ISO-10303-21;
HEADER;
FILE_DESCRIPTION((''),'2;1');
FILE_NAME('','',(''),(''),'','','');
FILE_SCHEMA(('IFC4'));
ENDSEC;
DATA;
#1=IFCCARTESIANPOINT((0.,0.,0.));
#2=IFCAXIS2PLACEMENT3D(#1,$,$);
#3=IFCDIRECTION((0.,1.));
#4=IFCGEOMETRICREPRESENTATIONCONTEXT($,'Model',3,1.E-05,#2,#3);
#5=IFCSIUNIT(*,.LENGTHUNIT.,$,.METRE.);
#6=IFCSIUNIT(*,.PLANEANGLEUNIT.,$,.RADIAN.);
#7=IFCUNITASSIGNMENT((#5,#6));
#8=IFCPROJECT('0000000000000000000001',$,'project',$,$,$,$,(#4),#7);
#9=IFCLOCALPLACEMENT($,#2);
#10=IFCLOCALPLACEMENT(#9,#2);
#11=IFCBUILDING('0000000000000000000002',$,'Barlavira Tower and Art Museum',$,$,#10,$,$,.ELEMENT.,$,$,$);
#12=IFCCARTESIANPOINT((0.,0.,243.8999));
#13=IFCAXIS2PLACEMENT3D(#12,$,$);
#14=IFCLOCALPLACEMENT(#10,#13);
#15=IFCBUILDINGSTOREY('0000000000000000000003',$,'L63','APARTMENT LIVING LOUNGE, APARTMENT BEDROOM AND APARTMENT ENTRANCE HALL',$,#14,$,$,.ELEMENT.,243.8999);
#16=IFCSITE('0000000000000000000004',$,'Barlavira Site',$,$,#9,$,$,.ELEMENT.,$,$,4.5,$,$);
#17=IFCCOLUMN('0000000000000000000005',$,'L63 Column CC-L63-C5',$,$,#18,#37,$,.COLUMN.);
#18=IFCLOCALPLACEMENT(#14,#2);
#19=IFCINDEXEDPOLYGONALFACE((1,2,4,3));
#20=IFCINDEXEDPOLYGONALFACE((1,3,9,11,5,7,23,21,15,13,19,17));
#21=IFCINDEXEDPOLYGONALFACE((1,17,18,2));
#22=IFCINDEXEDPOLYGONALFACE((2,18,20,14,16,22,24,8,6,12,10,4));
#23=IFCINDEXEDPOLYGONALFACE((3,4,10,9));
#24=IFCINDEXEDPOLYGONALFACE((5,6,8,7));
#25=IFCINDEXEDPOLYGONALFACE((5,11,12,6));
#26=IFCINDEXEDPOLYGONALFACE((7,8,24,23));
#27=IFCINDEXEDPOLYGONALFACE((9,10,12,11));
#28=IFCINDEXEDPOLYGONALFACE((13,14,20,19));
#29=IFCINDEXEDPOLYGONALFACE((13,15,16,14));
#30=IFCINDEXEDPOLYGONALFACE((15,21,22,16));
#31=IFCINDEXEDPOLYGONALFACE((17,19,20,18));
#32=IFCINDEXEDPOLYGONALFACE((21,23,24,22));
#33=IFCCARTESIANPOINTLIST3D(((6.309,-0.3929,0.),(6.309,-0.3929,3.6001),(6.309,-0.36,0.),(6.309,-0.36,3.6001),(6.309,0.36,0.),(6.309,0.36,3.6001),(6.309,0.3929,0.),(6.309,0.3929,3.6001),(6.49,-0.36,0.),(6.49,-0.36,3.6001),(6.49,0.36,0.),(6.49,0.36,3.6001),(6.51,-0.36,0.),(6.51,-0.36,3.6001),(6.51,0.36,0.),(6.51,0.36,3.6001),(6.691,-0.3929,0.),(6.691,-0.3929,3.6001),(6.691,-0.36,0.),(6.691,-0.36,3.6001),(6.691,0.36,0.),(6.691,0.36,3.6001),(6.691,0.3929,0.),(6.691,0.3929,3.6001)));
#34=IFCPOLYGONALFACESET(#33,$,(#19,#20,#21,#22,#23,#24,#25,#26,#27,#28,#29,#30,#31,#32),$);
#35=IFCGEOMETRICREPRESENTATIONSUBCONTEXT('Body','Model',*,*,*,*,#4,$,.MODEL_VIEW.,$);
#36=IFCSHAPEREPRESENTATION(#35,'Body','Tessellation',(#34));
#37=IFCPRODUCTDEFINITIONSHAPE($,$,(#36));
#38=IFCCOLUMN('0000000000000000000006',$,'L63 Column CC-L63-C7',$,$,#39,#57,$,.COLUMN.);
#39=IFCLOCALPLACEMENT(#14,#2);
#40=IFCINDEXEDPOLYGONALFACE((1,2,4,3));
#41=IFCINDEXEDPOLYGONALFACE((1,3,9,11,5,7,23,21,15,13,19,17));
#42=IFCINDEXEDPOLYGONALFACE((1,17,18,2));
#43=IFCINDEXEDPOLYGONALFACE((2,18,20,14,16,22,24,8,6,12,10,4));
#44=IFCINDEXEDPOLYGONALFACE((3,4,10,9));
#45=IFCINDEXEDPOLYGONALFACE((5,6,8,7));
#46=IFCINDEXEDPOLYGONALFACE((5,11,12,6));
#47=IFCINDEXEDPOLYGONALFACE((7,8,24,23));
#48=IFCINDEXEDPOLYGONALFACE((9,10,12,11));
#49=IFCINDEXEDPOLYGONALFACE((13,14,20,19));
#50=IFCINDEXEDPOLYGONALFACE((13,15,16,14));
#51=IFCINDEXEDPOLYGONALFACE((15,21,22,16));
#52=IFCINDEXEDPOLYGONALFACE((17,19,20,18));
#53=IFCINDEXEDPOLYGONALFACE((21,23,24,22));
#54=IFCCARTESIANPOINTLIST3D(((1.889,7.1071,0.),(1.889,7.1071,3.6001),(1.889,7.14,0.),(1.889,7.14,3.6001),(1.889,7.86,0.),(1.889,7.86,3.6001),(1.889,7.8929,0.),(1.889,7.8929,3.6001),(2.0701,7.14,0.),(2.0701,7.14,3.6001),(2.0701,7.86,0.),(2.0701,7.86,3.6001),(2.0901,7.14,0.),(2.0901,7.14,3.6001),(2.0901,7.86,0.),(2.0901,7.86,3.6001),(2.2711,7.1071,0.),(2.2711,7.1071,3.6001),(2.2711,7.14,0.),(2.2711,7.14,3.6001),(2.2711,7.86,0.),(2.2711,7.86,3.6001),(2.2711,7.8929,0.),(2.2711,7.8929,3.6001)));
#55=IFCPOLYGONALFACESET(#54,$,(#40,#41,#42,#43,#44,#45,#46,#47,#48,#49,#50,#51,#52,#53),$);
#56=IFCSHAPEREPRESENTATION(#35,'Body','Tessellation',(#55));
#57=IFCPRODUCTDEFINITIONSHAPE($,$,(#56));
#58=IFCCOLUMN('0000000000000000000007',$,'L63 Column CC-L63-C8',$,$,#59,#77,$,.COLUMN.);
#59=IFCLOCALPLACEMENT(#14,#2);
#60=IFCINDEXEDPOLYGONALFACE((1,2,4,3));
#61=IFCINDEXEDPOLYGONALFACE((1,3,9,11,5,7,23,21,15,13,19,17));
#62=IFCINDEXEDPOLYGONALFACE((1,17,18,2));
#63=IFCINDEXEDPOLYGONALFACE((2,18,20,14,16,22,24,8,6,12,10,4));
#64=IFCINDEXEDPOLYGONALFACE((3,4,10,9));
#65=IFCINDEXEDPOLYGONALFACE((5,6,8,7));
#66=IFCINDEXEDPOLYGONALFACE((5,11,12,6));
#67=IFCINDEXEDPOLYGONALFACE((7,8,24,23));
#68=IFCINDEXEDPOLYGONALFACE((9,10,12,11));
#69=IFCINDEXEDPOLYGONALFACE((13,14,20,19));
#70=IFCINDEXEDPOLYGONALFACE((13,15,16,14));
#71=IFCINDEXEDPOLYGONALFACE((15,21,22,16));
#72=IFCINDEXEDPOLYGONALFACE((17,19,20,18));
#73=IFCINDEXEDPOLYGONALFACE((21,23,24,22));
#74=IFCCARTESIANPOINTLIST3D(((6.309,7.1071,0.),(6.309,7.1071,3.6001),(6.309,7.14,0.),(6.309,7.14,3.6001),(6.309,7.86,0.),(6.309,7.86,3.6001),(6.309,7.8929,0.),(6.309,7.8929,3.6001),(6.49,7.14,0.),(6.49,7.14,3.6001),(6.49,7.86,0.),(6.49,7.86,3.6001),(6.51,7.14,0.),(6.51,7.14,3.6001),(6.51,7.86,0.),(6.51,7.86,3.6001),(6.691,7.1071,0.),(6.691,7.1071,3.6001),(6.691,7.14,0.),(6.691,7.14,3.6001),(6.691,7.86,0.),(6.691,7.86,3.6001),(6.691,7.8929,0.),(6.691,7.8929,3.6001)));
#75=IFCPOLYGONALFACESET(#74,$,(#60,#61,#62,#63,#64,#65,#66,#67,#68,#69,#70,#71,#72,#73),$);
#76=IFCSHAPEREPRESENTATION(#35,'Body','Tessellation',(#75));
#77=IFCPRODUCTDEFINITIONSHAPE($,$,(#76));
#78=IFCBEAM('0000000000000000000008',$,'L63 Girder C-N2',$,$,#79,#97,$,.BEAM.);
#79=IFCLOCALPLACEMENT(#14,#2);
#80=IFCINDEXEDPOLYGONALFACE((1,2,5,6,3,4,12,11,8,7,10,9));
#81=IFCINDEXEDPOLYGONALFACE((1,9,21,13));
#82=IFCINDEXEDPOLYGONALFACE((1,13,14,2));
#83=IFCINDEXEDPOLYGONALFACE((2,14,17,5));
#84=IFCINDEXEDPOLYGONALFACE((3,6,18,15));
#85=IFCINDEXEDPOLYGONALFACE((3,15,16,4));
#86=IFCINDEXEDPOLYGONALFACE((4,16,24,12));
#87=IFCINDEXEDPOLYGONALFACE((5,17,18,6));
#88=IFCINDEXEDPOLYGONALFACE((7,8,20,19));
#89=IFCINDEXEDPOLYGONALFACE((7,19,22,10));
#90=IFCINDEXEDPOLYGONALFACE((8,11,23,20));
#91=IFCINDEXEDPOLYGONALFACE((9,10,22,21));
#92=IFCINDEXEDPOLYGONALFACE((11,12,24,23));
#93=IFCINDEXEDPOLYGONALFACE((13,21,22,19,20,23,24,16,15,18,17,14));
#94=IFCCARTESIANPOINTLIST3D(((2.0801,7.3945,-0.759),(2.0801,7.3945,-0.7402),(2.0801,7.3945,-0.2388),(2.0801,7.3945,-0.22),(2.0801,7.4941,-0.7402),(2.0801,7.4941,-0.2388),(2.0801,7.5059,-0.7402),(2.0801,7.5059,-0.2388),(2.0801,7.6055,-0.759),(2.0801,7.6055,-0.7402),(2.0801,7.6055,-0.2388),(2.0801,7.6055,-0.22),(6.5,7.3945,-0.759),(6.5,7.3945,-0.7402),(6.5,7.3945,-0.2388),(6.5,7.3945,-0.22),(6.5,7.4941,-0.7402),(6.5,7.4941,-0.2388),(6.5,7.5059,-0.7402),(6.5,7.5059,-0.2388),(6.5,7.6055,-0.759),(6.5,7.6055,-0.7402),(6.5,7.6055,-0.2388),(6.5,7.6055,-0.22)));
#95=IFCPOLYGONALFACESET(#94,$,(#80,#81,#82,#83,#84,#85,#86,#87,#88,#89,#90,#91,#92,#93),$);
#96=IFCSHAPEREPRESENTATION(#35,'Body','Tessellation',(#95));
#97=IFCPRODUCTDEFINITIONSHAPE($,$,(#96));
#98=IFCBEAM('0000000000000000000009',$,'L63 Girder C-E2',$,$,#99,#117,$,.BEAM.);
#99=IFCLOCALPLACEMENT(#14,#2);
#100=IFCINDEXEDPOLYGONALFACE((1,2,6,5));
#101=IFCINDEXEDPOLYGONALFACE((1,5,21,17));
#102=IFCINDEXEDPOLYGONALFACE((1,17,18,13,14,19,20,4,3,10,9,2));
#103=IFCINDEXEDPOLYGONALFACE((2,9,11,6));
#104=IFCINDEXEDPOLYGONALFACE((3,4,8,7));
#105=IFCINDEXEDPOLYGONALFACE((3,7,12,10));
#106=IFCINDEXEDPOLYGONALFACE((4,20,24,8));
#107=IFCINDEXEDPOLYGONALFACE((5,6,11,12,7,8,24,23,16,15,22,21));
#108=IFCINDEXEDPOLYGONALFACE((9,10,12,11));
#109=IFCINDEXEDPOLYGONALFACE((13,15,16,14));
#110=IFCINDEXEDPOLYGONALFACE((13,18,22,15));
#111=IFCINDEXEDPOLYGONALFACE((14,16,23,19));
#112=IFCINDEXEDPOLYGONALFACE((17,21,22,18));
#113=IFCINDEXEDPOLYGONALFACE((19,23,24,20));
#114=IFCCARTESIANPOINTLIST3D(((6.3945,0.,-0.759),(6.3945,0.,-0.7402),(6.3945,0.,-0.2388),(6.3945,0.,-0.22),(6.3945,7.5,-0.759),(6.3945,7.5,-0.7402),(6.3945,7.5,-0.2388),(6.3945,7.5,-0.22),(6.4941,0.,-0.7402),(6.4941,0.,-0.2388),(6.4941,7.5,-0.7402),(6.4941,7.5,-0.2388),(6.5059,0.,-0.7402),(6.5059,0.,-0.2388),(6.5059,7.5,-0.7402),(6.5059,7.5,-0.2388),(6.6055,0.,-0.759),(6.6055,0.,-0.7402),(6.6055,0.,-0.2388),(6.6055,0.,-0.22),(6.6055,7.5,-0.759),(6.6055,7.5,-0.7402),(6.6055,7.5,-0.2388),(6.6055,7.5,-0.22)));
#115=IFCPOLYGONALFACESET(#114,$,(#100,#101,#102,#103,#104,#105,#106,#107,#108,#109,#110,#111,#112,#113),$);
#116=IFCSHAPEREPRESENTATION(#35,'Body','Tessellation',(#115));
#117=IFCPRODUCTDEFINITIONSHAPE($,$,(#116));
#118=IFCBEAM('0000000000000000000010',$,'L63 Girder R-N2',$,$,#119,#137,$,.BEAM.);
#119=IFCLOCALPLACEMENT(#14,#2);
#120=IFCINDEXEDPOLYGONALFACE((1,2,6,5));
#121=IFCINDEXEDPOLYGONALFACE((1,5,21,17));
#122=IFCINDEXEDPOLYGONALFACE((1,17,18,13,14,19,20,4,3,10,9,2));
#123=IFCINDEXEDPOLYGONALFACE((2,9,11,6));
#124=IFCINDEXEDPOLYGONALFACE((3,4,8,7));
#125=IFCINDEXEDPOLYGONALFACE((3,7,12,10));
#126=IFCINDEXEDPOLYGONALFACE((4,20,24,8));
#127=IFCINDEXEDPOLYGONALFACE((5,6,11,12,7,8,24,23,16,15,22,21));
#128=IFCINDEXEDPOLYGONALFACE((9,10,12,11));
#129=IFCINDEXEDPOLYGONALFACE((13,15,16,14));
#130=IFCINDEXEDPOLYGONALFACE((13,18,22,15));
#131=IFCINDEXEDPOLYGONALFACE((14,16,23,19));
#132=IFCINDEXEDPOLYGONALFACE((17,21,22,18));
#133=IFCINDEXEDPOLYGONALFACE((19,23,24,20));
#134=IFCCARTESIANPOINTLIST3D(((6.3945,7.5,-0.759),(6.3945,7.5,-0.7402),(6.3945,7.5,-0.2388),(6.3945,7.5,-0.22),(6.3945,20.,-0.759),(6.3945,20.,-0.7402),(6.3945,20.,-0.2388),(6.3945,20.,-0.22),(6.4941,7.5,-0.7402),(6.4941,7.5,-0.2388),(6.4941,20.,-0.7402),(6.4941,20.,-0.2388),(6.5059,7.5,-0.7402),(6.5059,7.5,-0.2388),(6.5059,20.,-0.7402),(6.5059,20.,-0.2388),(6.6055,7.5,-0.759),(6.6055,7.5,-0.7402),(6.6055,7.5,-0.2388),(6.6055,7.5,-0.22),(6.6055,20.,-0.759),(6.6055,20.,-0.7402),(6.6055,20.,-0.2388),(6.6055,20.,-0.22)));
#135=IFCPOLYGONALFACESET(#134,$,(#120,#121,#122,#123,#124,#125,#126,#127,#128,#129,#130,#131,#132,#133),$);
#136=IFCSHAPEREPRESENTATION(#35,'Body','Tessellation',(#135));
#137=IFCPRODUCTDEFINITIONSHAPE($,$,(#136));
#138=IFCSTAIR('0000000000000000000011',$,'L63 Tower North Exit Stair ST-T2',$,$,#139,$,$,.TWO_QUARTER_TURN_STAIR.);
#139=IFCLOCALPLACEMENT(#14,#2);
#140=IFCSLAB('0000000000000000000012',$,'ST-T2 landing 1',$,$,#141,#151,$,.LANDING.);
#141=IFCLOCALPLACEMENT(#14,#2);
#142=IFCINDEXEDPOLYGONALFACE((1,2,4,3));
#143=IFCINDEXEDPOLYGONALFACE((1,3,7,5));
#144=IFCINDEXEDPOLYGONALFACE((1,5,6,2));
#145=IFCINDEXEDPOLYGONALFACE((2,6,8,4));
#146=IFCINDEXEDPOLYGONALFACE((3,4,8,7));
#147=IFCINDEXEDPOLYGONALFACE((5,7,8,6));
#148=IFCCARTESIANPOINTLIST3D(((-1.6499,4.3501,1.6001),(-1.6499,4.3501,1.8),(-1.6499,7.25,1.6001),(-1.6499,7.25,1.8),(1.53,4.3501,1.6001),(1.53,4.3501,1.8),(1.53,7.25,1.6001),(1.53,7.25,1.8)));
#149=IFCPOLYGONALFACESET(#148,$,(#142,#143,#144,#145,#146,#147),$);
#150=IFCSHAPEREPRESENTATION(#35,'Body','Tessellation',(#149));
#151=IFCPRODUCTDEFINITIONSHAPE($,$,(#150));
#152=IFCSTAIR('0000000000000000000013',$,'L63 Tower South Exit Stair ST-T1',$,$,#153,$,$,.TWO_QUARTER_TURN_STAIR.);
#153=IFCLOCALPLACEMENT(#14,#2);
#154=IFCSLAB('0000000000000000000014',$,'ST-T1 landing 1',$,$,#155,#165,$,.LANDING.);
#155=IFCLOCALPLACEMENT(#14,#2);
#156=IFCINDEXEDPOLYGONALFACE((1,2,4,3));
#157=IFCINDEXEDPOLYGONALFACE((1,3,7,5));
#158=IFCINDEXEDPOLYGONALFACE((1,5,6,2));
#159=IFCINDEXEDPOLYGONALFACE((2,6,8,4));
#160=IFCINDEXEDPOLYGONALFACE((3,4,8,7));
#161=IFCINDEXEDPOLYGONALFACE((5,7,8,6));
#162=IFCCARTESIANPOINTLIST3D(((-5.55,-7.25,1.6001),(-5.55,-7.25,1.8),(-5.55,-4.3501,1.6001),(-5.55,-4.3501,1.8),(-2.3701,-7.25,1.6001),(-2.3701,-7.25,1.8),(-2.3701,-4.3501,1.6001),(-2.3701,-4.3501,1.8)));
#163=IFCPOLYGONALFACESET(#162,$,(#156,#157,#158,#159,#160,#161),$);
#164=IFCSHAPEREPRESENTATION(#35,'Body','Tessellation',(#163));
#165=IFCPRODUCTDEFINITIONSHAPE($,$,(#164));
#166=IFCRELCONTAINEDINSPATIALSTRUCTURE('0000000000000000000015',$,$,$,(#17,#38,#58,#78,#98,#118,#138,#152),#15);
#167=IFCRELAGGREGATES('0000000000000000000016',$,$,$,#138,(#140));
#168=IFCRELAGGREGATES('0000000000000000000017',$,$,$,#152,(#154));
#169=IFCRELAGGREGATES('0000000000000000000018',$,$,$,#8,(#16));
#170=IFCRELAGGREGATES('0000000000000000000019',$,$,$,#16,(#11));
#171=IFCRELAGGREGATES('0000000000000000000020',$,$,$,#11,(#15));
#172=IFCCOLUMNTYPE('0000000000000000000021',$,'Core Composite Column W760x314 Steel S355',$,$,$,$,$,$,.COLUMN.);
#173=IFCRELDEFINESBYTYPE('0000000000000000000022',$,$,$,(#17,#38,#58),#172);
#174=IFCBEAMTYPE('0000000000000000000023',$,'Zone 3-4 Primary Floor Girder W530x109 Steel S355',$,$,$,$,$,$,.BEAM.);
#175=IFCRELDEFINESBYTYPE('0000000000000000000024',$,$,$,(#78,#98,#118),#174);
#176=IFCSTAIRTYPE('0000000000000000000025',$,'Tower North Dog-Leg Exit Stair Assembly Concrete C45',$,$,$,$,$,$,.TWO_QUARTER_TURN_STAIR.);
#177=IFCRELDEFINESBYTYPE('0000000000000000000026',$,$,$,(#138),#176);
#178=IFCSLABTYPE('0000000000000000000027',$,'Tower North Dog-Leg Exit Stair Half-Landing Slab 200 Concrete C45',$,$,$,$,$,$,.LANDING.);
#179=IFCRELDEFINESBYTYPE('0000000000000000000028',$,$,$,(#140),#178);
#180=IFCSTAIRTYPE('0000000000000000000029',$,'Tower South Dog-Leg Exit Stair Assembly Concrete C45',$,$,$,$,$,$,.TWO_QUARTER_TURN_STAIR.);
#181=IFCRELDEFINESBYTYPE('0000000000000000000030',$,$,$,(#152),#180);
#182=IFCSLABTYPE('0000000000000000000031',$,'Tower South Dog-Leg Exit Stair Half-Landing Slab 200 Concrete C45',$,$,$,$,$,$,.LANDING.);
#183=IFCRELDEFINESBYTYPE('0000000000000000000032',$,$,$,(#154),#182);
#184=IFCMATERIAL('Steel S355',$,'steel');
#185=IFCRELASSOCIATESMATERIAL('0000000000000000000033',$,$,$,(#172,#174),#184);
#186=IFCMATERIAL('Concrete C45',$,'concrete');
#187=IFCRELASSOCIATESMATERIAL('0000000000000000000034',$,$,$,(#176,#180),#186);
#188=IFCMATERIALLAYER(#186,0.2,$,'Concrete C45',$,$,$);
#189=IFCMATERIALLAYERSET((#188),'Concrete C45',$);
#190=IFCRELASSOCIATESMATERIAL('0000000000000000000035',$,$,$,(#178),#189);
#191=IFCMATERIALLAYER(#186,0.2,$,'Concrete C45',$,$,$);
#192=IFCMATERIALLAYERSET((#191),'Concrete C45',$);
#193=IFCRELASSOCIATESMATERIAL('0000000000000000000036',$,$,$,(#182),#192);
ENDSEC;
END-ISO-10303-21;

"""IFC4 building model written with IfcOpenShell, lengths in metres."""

from ifc_helpers import new_model, si_unit, direction, frame, origin, origin_2d, place, context, subcontext, project, spatial, polyline, i_section, outline, extrude, material, layer, layer_set, material_profile, profile_set, type_object, element, aggregate, save


model = new_model("IFC4")

# Units and contexts
model_context = context("Model", 3, precision=1e-05, world=origin(), true_north=direction((0.0, 1.0)))
body_context = subcontext(model_context, "Body", "Model", "MODEL_VIEW")
ifc_project = project(units=[si_unit("LENGTHUNIT", "METRE"), si_unit("PLANEANGLEUNIT", "RADIAN")], contexts=[model_context])

# Site, building, storey
site_placement = place(None, origin())
site = spatial("IfcSite", under=ifc_project, at=site_placement, Name="Barlavira Site", CompositionType="ELEMENT", RefElevation=4.5)
building_placement = place(site_placement, origin())
building = spatial("IfcBuilding", under=site, at=building_placement, Name="Barlavira Tower and Art Museum", CompositionType="ELEMENT")
storey_placement = place(building_placement, frame((0.0, 0.0, 243.8999)))
storey = spatial("IfcBuildingStorey", under=building, at=storey_placement, Name="L63", Description="APARTMENT LIVING LOUNGE, APARTMENT BEDROOM AND APARTMENT ENTRANCE HALL", CompositionType="ELEMENT", Elevation=243.8999)

# Columns
ifc_material_1 = material(Name="Steel S355", Category="steel")
ifc_material_profile_1 = material_profile(ifc_material_1, i_section(OverallWidth=0.3821, OverallDepth=0.7859, WebThickness=0.02, FlangeThickness=0.033, at=origin_2d()), Name="W760x314.0")
ifc_profile_set_1 = profile_set([ifc_material_profile_1], Name="Steel S355")
column_type = type_object("IfcColumnType", Name="Core Composite Column W760x314 Steel S355", PredefinedType="COLUMN", material=ifc_profile_set_1)
for number, where, z_axis, x_axis, name in (
    (1, (6.5, 0.0, 0.0), (0.0, 0.0, 1.0), (1.0, 0.0, 0.0), "L63 Column CC-L63-C5"),
    (2, (2.0801, 7.5, 0.0), (0.0, 0.0, 1.0), (1.0, 0.0, 0.0), "L63 Column CC-L63-C7"),
    (3, (6.5, 7.5, 0.0), (0.0, 0.0, 1.0), (1.0, 0.0, 0.0), "L63 Column CC-L63-C8"),
):
    element("IfcColumn", number, at=place(storey_placement, frame(where, z_axis=z_axis, x_axis=x_axis)), inside=storey, type_object=column_type, Name=name, PredefinedType="COLUMN", context=body_context, shape_type="SweptSolid", body=[
        extrude(i_section(OverallWidth=0.3821, OverallDepth=0.7859, WebThickness=0.02, FlangeThickness=0.033, at=origin_2d()), origin(), (0.0, 0.0, 1.0), 3.6001),
    ])

# Beams
ifc_material_profile_2 = material_profile(ifc_material_1, i_section(OverallWidth=0.2109, OverallDepth=0.5391, WebThickness=0.0117, FlangeThickness=0.0188, at=origin_2d()), Name="W530x109.0")
ifc_profile_set_2 = profile_set([ifc_material_profile_2], Name="Steel S355")
beam_type = type_object("IfcBeamType", Name="Zone 3-4 Primary Floor Girder W530x109 Steel S355", PredefinedType="BEAM", material=ifc_profile_set_2)
beam_1_placement = place(storey_placement, frame((2.0801, 7.5, -0.4895), z_axis=(1.0, 0.0, 0.0), x_axis=(0.0, 1.0, 0.0)))
element("IfcBeam", 4, at=beam_1_placement, inside=storey, type_object=beam_type, Name="L63 Girder C-N2", PredefinedType="BEAM", context=body_context, shape_type="SweptSolid", body=[
    extrude(i_section(OverallWidth=0.2109, OverallDepth=0.5391, WebThickness=0.0117, FlangeThickness=0.0188, at=origin_2d()), origin(), (0.0, 0.0, 1.0), 4.4199),
])
beam_2_placement = place(storey_placement, frame((6.5, 0.0, -0.4895), z_axis=(0.0, 1.0, 0.0), x_axis=(-1.0, 0.0, 0.0)))
element("IfcBeam", 5, at=beam_2_placement, inside=storey, type_object=beam_type, Name="L63 Girder C-E2", PredefinedType="BEAM", context=body_context, shape_type="SweptSolid", body=[
    extrude(i_section(OverallWidth=0.2109, OverallDepth=0.5391, WebThickness=0.0117, FlangeThickness=0.0188, at=origin_2d()), origin(), (0.0, 0.0, 1.0), 7.5),
])
beam_3_placement = place(storey_placement, frame((6.5, 7.5, -0.4895), z_axis=(0.0, 1.0, 0.0), x_axis=(-1.0, 0.0, 0.0)))
element("IfcBeam", 6, at=beam_3_placement, inside=storey, type_object=beam_type, Name="L63 Girder R-N2", PredefinedType="BEAM", context=body_context, shape_type="SweptSolid", body=[
    extrude(i_section(OverallWidth=0.2109, OverallDepth=0.5391, WebThickness=0.0117, FlangeThickness=0.0188, at=origin_2d()), origin(), (0.0, 0.0, 1.0), 12.5),
])

# Stairs, slabs
ifc_material_2 = material(Name="Concrete C45", Category="concrete")
stair_type_1 = type_object("IfcStairType", Name="Tower North Dog-Leg Exit Stair Assembly Concrete C45", PredefinedType="TWO_QUARTER_TURN_STAIR", material=ifc_material_2)
stair_1_placement = place(storey_placement, origin())
stair_1 = element("IfcStair", 7, at=stair_1_placement, inside=storey, type_object=stair_type_1, Name="L63 Tower North Exit Stair ST-T2", PredefinedType="TWO_QUARTER_TURN_STAIR")
ifc_layer_1 = layer(ifc_material_2, 0.2, Name="Concrete C45")
ifc_layer_set_1 = layer_set([ifc_layer_1], Name="Concrete C45")
slab_type_1 = type_object("IfcSlabType", Name="Tower North Dog-Leg Exit Stair Half-Landing Slab 200 Concrete C45", PredefinedType="LANDING", material=ifc_layer_set_1)
slab_1_placement = place(storey_placement, frame((0.0, 0.0, 1.6001)))
slab_1 = element("IfcSlab", 8, at=slab_1_placement, type_object=slab_type_1, Name="ST-T2 landing 1", PredefinedType="LANDING", context=body_context, shape_type="SweptSolid", body=[
    extrude(outline(polyline([(-1.6499, 4.3501), (1.53, 4.3501), (1.53, 7.25), (-1.6499, 7.25), (-1.6499, 4.3501)])), origin(), (0.0, 0.0, 1.0), 0.2),
])
aggregate(stair_1, [slab_1])
stair_type_2 = type_object("IfcStairType", Name="Tower South Dog-Leg Exit Stair Assembly Concrete C45", PredefinedType="TWO_QUARTER_TURN_STAIR", material=ifc_material_2)
stair_2_placement = place(storey_placement, origin())
stair_2 = element("IfcStair", 9, at=stair_2_placement, inside=storey, type_object=stair_type_2, Name="L63 Tower South Exit Stair ST-T1", PredefinedType="TWO_QUARTER_TURN_STAIR")
ifc_layer_2 = layer(ifc_material_2, 0.2, Name="Concrete C45")
ifc_layer_set_2 = layer_set([ifc_layer_2], Name="Concrete C45")
slab_type_2 = type_object("IfcSlabType", Name="Tower South Dog-Leg Exit Stair Half-Landing Slab 200 Concrete C45", PredefinedType="LANDING", material=ifc_layer_set_2)
slab_2_placement = place(storey_placement, frame((0.0, 0.0, 1.6001)))
slab_2 = element("IfcSlab", 10, at=slab_2_placement, type_object=slab_type_2, Name="ST-T1 landing 1", PredefinedType="LANDING", context=body_context, shape_type="SweptSolid", body=[
    extrude(outline(polyline([(-2.3701, -4.3501), (-5.55, -4.3501), (-5.55, -7.25), (-2.3701, -7.25), (-2.3701, -4.3501)])), origin(), (0.0, 0.0, 1.0), 0.2),
])
aggregate(stair_2, [slab_2])

save(model, "model.ifc")
